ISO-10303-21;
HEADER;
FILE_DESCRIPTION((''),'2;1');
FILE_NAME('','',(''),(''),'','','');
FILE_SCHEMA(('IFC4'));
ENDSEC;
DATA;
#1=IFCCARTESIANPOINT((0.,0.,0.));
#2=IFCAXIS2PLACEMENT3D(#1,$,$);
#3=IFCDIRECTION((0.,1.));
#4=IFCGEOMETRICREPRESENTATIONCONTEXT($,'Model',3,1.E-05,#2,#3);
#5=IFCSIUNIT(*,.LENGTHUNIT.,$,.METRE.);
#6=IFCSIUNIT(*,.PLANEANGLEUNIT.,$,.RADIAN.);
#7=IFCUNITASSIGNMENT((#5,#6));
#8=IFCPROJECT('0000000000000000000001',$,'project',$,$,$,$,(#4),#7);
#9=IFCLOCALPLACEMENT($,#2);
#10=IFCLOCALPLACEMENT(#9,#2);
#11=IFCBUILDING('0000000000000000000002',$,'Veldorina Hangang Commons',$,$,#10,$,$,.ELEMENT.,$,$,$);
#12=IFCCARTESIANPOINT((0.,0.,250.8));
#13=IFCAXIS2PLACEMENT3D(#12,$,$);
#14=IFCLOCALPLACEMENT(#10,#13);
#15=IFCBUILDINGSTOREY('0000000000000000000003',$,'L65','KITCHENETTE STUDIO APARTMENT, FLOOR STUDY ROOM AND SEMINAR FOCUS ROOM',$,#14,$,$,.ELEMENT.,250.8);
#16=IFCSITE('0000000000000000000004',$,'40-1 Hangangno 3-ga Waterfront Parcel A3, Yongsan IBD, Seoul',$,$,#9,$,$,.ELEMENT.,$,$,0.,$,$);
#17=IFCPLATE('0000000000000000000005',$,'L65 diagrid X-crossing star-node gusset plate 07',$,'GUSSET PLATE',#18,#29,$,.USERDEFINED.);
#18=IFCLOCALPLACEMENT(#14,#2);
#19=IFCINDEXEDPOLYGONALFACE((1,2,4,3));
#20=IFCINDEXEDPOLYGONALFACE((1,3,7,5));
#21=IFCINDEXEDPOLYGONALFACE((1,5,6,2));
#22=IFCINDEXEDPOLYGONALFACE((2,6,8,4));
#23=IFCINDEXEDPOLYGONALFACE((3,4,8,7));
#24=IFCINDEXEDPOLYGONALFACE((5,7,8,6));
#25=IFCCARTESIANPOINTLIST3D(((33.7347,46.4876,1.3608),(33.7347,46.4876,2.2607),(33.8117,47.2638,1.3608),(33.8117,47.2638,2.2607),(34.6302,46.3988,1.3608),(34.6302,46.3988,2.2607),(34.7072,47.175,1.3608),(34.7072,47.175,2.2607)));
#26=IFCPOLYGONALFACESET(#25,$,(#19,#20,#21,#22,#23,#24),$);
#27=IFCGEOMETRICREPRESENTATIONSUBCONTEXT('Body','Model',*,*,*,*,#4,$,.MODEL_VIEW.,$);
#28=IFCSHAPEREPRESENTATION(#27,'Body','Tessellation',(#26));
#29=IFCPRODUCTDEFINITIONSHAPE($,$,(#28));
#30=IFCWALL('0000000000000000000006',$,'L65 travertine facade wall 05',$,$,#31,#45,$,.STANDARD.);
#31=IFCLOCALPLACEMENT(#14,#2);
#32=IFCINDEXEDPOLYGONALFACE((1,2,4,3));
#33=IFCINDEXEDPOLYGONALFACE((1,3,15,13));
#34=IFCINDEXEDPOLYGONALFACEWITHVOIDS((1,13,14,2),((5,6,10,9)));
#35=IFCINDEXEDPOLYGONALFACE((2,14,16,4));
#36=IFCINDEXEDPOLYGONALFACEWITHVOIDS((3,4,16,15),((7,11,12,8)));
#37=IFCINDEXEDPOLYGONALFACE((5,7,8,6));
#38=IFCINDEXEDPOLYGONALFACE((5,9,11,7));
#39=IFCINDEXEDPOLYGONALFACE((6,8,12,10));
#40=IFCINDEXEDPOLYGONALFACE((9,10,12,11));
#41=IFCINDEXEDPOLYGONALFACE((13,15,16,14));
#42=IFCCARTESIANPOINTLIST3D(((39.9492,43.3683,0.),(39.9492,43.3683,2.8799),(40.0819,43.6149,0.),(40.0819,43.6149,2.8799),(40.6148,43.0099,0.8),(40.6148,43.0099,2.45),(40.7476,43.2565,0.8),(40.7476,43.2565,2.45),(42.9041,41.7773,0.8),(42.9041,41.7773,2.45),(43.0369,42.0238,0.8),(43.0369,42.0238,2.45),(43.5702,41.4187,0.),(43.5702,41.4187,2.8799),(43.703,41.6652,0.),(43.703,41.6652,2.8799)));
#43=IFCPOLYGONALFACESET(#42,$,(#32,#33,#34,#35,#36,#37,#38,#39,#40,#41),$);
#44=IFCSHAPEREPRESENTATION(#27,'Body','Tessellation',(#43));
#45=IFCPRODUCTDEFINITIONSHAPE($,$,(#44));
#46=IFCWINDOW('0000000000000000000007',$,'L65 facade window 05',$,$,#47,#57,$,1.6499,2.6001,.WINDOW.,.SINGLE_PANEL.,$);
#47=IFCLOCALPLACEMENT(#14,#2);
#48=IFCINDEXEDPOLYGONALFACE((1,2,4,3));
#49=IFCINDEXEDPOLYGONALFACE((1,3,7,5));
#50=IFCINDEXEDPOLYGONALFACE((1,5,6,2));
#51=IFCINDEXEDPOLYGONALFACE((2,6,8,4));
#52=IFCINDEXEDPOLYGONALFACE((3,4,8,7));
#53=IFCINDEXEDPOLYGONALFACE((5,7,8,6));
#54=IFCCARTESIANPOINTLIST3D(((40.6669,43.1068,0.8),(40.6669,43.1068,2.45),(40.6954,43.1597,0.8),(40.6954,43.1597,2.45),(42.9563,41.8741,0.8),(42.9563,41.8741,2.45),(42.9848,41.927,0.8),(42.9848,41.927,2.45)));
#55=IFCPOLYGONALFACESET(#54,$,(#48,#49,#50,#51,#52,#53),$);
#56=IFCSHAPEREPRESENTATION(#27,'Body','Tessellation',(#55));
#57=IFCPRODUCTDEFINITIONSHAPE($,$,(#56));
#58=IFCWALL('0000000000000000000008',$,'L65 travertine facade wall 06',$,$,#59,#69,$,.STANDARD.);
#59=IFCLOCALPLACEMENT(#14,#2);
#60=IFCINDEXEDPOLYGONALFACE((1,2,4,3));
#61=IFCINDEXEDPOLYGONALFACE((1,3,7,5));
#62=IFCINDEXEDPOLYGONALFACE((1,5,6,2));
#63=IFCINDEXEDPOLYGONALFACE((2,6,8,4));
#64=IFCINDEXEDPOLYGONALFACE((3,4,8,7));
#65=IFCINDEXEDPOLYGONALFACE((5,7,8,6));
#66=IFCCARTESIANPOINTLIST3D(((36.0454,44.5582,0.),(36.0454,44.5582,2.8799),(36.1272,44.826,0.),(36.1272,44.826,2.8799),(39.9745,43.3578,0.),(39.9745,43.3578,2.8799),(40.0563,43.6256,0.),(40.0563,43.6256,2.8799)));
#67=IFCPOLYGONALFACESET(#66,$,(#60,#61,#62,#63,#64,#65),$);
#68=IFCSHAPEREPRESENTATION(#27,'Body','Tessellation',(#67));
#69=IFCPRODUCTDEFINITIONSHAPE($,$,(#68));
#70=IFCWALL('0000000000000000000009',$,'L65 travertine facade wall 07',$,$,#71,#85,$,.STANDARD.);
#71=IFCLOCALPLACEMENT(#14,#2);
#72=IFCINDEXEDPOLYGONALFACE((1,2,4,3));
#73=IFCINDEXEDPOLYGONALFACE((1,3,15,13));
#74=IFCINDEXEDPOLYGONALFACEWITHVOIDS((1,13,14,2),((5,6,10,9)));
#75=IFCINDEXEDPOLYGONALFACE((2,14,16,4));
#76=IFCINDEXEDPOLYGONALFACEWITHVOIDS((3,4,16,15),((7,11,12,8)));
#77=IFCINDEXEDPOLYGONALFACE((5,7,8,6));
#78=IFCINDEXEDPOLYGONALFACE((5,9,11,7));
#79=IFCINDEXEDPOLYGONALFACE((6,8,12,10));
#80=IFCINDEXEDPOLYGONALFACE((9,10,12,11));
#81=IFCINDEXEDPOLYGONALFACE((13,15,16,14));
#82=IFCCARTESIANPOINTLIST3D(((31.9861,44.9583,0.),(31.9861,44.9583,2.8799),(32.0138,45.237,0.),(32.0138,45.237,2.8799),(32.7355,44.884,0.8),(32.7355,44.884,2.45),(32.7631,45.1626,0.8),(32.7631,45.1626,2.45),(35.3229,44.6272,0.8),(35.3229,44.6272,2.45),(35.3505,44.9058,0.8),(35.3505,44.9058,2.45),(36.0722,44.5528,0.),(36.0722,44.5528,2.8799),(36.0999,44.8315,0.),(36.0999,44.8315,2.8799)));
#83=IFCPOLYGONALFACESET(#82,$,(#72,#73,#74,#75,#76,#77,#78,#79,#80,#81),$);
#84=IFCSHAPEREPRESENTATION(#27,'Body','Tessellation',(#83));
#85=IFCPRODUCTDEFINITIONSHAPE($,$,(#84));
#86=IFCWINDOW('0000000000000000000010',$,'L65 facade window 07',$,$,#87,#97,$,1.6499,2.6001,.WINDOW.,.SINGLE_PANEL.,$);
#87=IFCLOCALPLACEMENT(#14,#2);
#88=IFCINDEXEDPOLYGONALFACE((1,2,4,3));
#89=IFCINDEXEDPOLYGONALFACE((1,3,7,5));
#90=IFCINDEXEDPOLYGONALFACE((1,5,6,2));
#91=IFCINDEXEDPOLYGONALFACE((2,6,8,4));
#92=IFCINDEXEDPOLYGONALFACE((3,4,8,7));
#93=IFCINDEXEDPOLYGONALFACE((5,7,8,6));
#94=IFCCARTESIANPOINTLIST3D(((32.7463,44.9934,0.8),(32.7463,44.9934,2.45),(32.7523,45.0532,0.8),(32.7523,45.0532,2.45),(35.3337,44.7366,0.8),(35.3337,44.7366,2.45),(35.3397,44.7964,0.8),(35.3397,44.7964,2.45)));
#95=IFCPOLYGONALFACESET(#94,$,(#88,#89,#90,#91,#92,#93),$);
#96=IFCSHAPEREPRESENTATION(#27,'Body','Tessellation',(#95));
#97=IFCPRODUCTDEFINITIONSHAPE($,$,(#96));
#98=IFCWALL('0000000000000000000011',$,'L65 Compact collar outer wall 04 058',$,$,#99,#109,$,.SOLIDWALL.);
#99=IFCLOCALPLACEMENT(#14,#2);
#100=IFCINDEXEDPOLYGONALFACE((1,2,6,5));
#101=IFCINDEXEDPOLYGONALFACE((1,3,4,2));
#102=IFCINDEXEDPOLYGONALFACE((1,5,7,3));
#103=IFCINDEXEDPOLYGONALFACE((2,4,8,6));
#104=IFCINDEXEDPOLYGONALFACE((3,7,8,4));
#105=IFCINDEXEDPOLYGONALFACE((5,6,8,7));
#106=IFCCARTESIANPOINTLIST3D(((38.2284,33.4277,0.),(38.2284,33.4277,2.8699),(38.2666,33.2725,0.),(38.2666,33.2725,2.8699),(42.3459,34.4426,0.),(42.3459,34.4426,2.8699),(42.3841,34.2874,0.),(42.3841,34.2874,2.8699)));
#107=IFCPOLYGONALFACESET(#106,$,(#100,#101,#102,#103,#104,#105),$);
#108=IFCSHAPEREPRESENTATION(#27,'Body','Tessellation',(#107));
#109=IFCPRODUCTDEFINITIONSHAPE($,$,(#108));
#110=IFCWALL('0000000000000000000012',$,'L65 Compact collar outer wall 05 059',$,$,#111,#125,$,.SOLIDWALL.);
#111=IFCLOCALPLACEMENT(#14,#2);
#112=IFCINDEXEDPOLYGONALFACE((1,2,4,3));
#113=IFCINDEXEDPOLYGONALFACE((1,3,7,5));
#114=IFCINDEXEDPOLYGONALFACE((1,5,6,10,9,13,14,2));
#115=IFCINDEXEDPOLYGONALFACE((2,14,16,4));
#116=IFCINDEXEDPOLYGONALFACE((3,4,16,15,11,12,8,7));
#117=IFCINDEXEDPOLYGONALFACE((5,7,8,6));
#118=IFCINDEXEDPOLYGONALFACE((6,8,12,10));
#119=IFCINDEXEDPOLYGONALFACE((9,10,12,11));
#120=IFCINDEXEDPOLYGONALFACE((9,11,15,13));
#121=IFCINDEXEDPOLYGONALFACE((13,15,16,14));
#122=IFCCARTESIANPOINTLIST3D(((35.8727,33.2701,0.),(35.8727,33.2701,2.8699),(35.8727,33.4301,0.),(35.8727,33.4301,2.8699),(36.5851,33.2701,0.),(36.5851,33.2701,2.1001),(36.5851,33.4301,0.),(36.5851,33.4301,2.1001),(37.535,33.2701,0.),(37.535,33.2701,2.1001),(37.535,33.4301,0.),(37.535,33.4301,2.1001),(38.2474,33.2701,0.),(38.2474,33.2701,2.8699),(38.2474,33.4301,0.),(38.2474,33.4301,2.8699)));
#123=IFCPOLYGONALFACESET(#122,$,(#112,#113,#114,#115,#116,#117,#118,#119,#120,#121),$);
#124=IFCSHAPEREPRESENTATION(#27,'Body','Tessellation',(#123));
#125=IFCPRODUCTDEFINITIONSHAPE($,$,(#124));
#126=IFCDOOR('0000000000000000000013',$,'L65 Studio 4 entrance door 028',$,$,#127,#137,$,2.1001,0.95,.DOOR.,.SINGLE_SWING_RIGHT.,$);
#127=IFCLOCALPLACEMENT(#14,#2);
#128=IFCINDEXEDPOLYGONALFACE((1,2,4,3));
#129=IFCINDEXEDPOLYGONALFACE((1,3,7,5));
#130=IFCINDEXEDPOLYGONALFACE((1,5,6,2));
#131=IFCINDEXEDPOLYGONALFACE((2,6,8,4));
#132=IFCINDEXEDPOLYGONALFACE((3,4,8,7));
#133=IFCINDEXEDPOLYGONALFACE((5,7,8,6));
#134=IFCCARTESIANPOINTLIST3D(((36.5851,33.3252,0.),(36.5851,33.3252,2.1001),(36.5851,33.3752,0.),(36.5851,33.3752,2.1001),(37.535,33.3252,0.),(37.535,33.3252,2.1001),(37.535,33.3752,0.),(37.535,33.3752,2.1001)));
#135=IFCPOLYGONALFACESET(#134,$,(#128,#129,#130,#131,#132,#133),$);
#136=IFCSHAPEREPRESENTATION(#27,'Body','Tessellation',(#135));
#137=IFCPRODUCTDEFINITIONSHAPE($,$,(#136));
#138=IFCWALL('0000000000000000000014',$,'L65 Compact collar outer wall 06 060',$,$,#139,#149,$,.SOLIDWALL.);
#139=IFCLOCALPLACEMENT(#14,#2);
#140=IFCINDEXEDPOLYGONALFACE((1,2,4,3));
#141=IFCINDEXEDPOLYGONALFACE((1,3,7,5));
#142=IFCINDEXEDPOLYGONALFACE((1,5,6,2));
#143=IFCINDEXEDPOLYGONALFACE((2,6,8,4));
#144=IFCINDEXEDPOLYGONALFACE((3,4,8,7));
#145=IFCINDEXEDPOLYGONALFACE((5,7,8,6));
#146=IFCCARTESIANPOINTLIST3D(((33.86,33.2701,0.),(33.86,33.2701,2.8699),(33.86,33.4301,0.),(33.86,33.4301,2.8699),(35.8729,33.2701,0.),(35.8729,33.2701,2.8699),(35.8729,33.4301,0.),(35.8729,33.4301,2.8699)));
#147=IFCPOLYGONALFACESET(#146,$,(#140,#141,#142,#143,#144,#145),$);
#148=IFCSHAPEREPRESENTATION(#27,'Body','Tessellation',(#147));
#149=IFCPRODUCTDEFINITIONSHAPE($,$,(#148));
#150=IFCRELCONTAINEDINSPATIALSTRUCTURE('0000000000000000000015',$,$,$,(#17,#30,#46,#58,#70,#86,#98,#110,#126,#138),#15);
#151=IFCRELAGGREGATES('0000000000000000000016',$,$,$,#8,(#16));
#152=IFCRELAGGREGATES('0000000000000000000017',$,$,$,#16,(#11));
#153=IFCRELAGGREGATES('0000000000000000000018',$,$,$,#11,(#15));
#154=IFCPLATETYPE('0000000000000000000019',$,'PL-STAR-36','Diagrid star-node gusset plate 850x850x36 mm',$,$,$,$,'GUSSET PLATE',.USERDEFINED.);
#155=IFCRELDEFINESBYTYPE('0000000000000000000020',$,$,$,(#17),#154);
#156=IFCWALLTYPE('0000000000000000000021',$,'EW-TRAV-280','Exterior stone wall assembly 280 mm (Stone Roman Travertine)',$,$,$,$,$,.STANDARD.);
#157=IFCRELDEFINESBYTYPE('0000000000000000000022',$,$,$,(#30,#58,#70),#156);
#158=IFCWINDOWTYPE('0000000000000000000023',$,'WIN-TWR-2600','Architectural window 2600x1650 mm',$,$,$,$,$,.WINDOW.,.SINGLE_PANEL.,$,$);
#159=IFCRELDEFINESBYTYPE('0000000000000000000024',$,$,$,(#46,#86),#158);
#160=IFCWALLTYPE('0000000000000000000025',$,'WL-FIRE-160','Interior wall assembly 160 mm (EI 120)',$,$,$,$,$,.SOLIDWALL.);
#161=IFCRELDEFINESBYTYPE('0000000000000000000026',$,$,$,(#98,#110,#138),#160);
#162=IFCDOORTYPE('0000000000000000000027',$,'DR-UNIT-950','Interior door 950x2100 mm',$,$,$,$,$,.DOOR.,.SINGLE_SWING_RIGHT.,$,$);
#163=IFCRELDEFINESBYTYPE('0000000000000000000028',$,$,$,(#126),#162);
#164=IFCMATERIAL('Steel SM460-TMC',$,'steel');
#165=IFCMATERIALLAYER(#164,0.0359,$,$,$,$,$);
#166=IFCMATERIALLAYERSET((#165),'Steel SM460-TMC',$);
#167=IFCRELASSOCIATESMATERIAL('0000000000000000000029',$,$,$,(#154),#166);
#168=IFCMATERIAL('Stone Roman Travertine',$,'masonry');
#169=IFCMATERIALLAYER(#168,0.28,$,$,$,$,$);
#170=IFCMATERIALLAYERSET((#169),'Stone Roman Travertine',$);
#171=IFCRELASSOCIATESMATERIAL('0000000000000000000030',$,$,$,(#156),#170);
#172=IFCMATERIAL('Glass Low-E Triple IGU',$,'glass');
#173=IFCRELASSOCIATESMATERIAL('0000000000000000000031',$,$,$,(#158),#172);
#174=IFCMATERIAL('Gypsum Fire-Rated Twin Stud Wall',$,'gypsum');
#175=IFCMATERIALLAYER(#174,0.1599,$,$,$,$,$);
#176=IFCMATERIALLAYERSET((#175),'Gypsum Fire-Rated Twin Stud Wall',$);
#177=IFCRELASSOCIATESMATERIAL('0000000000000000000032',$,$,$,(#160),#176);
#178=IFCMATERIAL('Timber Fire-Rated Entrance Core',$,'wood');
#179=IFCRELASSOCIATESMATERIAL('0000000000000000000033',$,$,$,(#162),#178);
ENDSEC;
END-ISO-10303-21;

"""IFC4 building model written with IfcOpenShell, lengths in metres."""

from ifc_helpers import new_model, si_unit, direction, frame, frame_2d, origin, origin_2d, place, context, subcontext, project, spatial, rectangle, extrude, material, layer, layer_set, type_object, element, fill, save


model = new_model("IFC4")

# Units and contexts
model_context = context("Model", 3, precision=1e-05, world=origin(), true_north=direction((0.0, 1.0)))
body_context = subcontext(model_context, "Body", "Model", "MODEL_VIEW")
ifc_project = project(units=[si_unit("LENGTHUNIT", "METRE"), si_unit("PLANEANGLEUNIT", "RADIAN")], contexts=[model_context])

# Site, building, storey
site_placement = place(None, origin())
site = spatial("IfcSite", under=ifc_project, at=site_placement, Name="40-1 Hangangno 3-ga Waterfront Parcel A3, Yongsan IBD, Seoul", CompositionType="ELEMENT", RefElevation=0.0)
building_placement = place(site_placement, origin())
building = spatial("IfcBuilding", under=site, at=building_placement, Name="Veldorina Hangang Commons", CompositionType="ELEMENT")
storey_placement = place(building_placement, frame((0.0, 0.0, 250.8)))
storey = spatial("IfcBuildingStorey", under=building, at=storey_placement, Name="L65", Description="KITCHENETTE STUDIO APARTMENT, FLOOR STUDY ROOM AND SEMINAR FOCUS ROOM", CompositionType="ELEMENT", Elevation=250.8)

# Plate
ifc_material_1 = material(Name="Steel SM460-TMC", Category="steel")
ifc_layer_1 = layer(ifc_material_1, 0.0359)
ifc_layer_set_1 = layer_set([ifc_layer_1], Name="Steel SM460-TMC")
plate_type = type_object("IfcPlateType", Name="PL-STAR-36", Description="Diagrid star-node gusset plate 850x850x36 mm", ElementType="GUSSET PLATE", PredefinedType="USERDEFINED", material=ifc_layer_set_1)
plate_1_placement = place(storey_placement, frame((34.2209, 46.8313, 1.3608), z_axis=(0.0, 0.0, 1.0), x_axis=(-0.995121, 0.09866, 0.0)))
element("IfcPlate", 1, at=plate_1_placement, inside=storey, type_object=plate_type, Name="L65 diagrid X-crossing star-node gusset plate 07", ObjectType="GUSSET PLATE", PredefinedType="USERDEFINED", context=body_context, shape_type="SweptSolid", body=[
    extrude(rectangle(XDim=0.8999, YDim=0.78, at=origin_2d()), origin(), (0.0, 0.0, 1.0), 0.8999),
])

# Wall, opening, window
ifc_material_2 = material(Name="Stone Roman Travertine", Category="masonry")
ifc_layer_2 = layer(ifc_material_2, 0.28)
ifc_layer_set_2 = layer_set([ifc_layer_2], Name="Stone Roman Travertine")
wall_type_1 = type_object("IfcWallType", Name="EW-TRAV-280", Description="Exterior stone wall assembly 280 mm (Stone Roman Travertine)", PredefinedType="STANDARD", material=ifc_layer_set_2)
wall_1_placement = place(storey_placement, frame((43.6365, 41.542, 0.0), z_axis=(0.0, 0.0, 1.0), x_axis=(-0.880483, 0.474079, 0.0)))
wall_1 = element("IfcWall", 2, at=wall_1_placement, inside=storey, type_object=wall_type_1, Name="L65 travertine facade wall 05", PredefinedType="STANDARD", context=body_context, shape_type="SweptSolid", body=[
    extrude(rectangle(XDim=4.1125, YDim=0.28, at=frame_2d((2.0562, 0.0))), origin(), (0.0, 0.0, 1.0), 2.8799),
])
opening_1_placement = place(wall_1_placement, frame((0.7563, 0.0, 0.8)))
opening_1 = element("IfcOpeningElement", 3, at=opening_1_placement, cuts=wall_1, PredefinedType="OPENING", context=body_context, shape_type="SweptSolid", body=[
    extrude(rectangle(XDim=2.6001, YDim=1.6499, at=frame_2d((1.3, 0.825))), frame((0.0, 0.1499, 0.0), z_axis=(0.0, -1.0, 0.0), x_axis=(1.0, 0.0, 0.0)), (0.0, 0.0, 1.0), 0.3),
])
ifc_material_3 = material(Name="Glass Low-E Triple IGU", Category="glass")
window_type = type_object("IfcWindowType", Name="WIN-TWR-2600", Description="Architectural window 2600x1650 mm", PartitioningType="SINGLE_PANEL", PredefinedType="WINDOW", material=ifc_material_3)
window_1_placement = place(opening_1_placement, origin())
window_1 = element("IfcWindow", 4, at=window_1_placement, inside=storey, type_object=window_type, Name="L65 facade window 05", OverallHeight=1.6499, OverallWidth=2.6001, PartitioningType="SINGLE_PANEL", PredefinedType="WINDOW", context=body_context, shape_type="SweptSolid", body=[
    extrude(rectangle(XDim=2.6001, YDim=1.6499, at=frame_2d((1.3, 0.825))), frame((0.0, 0.03, 0.0), z_axis=(0.0, -1.0, 0.0), x_axis=(1.0, 0.0, 0.0)), (0.0, 0.0, 1.0), 0.0601),
])
fill(opening_1, window_1)

# Wall
wall_2_placement = place(storey_placement, frame((40.0154, 43.4917, 0.0), z_axis=(0.0, 0.0, 1.0), x_axis=(-0.956362, 0.292185, 0.0)))
element("IfcWall", 5, at=wall_2_placement, inside=storey, type_object=wall_type_1, Name="L65 travertine facade wall 06", PredefinedType="STANDARD", context=body_context, shape_type="SweptSolid", body=[
    extrude(rectangle(XDim=4.1084, YDim=0.28, at=frame_2d((2.0542, 0.0))), origin(), (0.0, 0.0, 1.0), 2.8799),
])

# Wall, opening, window
wall_3_placement = place(storey_placement, frame((36.0862, 44.6921, 0.0), z_axis=(0.0, 0.0, 1.0), x_axis=(-0.995112, 0.098756, 0.0)))
wall_3 = element("IfcWall", 6, at=wall_3_placement, inside=storey, type_object=wall_type_1, Name="L65 travertine facade wall 07", PredefinedType="STANDARD", context=body_context, shape_type="SweptSolid", body=[
    extrude(rectangle(XDim=4.1062, YDim=0.28, at=frame_2d((2.0532, 0.0))), origin(), (0.0, 0.0, 1.0), 2.8799),
])
opening_2_placement = place(wall_3_placement, frame((0.7532, 0.0, 0.8)))
opening_2 = element("IfcOpeningElement", 7, at=opening_2_placement, cuts=wall_3, PredefinedType="OPENING", context=body_context, shape_type="SweptSolid", body=[
    extrude(rectangle(XDim=2.6001, YDim=1.6499, at=frame_2d((1.3, 0.825))), frame((0.0, 0.1499, 0.0), z_axis=(0.0, -1.0, 0.0), x_axis=(1.0, 0.0, 0.0)), (0.0, 0.0, 1.0), 0.3),
])
window_2_placement = place(opening_2_placement, origin())
window_2 = element("IfcWindow", 8, at=window_2_placement, inside=storey, type_object=window_type, Name="L65 facade window 07", OverallHeight=1.6499, OverallWidth=2.6001, PartitioningType="SINGLE_PANEL", PredefinedType="WINDOW", context=body_context, shape_type="SweptSolid", body=[
    extrude(rectangle(XDim=2.6001, YDim=1.6499, at=frame_2d((1.3, 0.825))), frame((0.0, 0.03, 0.0), z_axis=(0.0, -1.0, 0.0), x_axis=(1.0, 0.0, 0.0)), (0.0, 0.0, 1.0), 0.0601),
])
fill(opening_2, window_2)

# Wall
ifc_material_4 = material(Name="Gypsum Fire-Rated Twin Stud Wall", Category="gypsum")
ifc_layer_3 = layer(ifc_material_4, 0.1599)
ifc_layer_set_3 = layer_set([ifc_layer_3], Name="Gypsum Fire-Rated Twin Stud Wall")
wall_type_2 = type_object("IfcWallType", Name="WL-FIRE-160", Description="Interior wall assembly 160 mm (EI 120)", PredefinedType="SOLIDWALL", material=ifc_layer_set_3)
wall_4_placement = place(storey_placement, frame((42.365, 34.365, 0.0), z_axis=(0.0, 0.0, 1.0), x_axis=(-0.97094, -0.239324, 0.0)))
element("IfcWall", 9, at=wall_4_placement, inside=storey, type_object=wall_type_2, Name="L65 Compact collar outer wall 04 058", PredefinedType="SOLIDWALL", context=body_context, shape_type="SweptSolid", body=[
    extrude(rectangle(XDim=4.2407, YDim=0.1599, at=frame_2d((2.1204, 0.0))), origin(), (0.0, 0.0, 1.0), 2.8699),
])

# Wall, opening, door
wall_5_placement = place(storey_placement, frame((38.2476, 33.3501, 0.0), z_axis=(0.0, 0.0, 1.0), x_axis=(-1.0, 0.0, 0.0)))
wall_5 = element("IfcWall", 10, at=wall_5_placement, inside=storey, type_object=wall_type_2, Name="L65 Compact collar outer wall 05 059", PredefinedType="SOLIDWALL", context=body_context, shape_type="SweptSolid", body=[
    extrude(rectangle(XDim=2.3748, YDim=0.1599, at=frame_2d((1.1875, 0.0))), origin(), (0.0, 0.0, 1.0), 2.8699),
])
opening_3_placement = place(wall_5_placement, frame((0.7124, 0.0, 0.0)))
opening_3 = element("IfcOpeningElement", 11, at=opening_3_placement, cuts=wall_5, PredefinedType="OPENING", context=body_context, shape_type="SweptSolid", body=[
    extrude(rectangle(XDim=0.95, YDim=2.1001, at=frame_2d((0.4751, 1.05))), frame((0.0, 0.0898, 0.0), z_axis=(0.0, -1.0, 0.0), x_axis=(1.0, 0.0, 0.0)), (0.0, 0.0, 1.0), 0.1799),
])
ifc_material_5 = material(Name="Timber Fire-Rated Entrance Core", Category="wood")
door_type_1 = type_object("IfcDoorType", Name="DR-UNIT-950", Description="Interior door 950x2100 mm", OperationType="SINGLE_SWING_RIGHT", PredefinedType="DOOR", material=ifc_material_5)
door_1_placement = place(opening_3_placement, origin())
door_1 = element("IfcDoor", 12, at=door_1_placement, inside=storey, type_object=door_type_1, Name="L65 Studio 4 entrance door 028", OperationType="SINGLE_SWING_RIGHT", OverallHeight=2.1001, OverallWidth=0.95, PredefinedType="DOOR", context=body_context, shape_type="SweptSolid", body=[
    extrude(rectangle(XDim=0.95, YDim=2.1001, at=frame_2d((0.4751, 1.05))), frame((0.0, 0.0249, 0.0), z_axis=(0.0, -1.0, 0.0), x_axis=(1.0, 0.0, 0.0)), (0.0, 0.0, 1.0), 0.05),
])
fill(opening_3, door_1)

# Wall
wall_6_placement = place(storey_placement, frame((35.8728, 33.3501, 0.0), z_axis=(0.0, 0.0, 1.0), x_axis=(-1.0, 0.0, 0.0)))
element("IfcWall", 13, at=wall_6_placement, inside=storey, type_object=wall_type_2, Name="L65 Compact collar outer wall 06 060", PredefinedType="SOLIDWALL", context=body_context, shape_type="SweptSolid", body=[
    extrude(rectangle(XDim=2.0129, YDim=0.1599, at=frame_2d((1.0063, 0.0))), origin(), (0.0, 0.0, 1.0), 2.8699),
])

save(model, "model.ifc")
